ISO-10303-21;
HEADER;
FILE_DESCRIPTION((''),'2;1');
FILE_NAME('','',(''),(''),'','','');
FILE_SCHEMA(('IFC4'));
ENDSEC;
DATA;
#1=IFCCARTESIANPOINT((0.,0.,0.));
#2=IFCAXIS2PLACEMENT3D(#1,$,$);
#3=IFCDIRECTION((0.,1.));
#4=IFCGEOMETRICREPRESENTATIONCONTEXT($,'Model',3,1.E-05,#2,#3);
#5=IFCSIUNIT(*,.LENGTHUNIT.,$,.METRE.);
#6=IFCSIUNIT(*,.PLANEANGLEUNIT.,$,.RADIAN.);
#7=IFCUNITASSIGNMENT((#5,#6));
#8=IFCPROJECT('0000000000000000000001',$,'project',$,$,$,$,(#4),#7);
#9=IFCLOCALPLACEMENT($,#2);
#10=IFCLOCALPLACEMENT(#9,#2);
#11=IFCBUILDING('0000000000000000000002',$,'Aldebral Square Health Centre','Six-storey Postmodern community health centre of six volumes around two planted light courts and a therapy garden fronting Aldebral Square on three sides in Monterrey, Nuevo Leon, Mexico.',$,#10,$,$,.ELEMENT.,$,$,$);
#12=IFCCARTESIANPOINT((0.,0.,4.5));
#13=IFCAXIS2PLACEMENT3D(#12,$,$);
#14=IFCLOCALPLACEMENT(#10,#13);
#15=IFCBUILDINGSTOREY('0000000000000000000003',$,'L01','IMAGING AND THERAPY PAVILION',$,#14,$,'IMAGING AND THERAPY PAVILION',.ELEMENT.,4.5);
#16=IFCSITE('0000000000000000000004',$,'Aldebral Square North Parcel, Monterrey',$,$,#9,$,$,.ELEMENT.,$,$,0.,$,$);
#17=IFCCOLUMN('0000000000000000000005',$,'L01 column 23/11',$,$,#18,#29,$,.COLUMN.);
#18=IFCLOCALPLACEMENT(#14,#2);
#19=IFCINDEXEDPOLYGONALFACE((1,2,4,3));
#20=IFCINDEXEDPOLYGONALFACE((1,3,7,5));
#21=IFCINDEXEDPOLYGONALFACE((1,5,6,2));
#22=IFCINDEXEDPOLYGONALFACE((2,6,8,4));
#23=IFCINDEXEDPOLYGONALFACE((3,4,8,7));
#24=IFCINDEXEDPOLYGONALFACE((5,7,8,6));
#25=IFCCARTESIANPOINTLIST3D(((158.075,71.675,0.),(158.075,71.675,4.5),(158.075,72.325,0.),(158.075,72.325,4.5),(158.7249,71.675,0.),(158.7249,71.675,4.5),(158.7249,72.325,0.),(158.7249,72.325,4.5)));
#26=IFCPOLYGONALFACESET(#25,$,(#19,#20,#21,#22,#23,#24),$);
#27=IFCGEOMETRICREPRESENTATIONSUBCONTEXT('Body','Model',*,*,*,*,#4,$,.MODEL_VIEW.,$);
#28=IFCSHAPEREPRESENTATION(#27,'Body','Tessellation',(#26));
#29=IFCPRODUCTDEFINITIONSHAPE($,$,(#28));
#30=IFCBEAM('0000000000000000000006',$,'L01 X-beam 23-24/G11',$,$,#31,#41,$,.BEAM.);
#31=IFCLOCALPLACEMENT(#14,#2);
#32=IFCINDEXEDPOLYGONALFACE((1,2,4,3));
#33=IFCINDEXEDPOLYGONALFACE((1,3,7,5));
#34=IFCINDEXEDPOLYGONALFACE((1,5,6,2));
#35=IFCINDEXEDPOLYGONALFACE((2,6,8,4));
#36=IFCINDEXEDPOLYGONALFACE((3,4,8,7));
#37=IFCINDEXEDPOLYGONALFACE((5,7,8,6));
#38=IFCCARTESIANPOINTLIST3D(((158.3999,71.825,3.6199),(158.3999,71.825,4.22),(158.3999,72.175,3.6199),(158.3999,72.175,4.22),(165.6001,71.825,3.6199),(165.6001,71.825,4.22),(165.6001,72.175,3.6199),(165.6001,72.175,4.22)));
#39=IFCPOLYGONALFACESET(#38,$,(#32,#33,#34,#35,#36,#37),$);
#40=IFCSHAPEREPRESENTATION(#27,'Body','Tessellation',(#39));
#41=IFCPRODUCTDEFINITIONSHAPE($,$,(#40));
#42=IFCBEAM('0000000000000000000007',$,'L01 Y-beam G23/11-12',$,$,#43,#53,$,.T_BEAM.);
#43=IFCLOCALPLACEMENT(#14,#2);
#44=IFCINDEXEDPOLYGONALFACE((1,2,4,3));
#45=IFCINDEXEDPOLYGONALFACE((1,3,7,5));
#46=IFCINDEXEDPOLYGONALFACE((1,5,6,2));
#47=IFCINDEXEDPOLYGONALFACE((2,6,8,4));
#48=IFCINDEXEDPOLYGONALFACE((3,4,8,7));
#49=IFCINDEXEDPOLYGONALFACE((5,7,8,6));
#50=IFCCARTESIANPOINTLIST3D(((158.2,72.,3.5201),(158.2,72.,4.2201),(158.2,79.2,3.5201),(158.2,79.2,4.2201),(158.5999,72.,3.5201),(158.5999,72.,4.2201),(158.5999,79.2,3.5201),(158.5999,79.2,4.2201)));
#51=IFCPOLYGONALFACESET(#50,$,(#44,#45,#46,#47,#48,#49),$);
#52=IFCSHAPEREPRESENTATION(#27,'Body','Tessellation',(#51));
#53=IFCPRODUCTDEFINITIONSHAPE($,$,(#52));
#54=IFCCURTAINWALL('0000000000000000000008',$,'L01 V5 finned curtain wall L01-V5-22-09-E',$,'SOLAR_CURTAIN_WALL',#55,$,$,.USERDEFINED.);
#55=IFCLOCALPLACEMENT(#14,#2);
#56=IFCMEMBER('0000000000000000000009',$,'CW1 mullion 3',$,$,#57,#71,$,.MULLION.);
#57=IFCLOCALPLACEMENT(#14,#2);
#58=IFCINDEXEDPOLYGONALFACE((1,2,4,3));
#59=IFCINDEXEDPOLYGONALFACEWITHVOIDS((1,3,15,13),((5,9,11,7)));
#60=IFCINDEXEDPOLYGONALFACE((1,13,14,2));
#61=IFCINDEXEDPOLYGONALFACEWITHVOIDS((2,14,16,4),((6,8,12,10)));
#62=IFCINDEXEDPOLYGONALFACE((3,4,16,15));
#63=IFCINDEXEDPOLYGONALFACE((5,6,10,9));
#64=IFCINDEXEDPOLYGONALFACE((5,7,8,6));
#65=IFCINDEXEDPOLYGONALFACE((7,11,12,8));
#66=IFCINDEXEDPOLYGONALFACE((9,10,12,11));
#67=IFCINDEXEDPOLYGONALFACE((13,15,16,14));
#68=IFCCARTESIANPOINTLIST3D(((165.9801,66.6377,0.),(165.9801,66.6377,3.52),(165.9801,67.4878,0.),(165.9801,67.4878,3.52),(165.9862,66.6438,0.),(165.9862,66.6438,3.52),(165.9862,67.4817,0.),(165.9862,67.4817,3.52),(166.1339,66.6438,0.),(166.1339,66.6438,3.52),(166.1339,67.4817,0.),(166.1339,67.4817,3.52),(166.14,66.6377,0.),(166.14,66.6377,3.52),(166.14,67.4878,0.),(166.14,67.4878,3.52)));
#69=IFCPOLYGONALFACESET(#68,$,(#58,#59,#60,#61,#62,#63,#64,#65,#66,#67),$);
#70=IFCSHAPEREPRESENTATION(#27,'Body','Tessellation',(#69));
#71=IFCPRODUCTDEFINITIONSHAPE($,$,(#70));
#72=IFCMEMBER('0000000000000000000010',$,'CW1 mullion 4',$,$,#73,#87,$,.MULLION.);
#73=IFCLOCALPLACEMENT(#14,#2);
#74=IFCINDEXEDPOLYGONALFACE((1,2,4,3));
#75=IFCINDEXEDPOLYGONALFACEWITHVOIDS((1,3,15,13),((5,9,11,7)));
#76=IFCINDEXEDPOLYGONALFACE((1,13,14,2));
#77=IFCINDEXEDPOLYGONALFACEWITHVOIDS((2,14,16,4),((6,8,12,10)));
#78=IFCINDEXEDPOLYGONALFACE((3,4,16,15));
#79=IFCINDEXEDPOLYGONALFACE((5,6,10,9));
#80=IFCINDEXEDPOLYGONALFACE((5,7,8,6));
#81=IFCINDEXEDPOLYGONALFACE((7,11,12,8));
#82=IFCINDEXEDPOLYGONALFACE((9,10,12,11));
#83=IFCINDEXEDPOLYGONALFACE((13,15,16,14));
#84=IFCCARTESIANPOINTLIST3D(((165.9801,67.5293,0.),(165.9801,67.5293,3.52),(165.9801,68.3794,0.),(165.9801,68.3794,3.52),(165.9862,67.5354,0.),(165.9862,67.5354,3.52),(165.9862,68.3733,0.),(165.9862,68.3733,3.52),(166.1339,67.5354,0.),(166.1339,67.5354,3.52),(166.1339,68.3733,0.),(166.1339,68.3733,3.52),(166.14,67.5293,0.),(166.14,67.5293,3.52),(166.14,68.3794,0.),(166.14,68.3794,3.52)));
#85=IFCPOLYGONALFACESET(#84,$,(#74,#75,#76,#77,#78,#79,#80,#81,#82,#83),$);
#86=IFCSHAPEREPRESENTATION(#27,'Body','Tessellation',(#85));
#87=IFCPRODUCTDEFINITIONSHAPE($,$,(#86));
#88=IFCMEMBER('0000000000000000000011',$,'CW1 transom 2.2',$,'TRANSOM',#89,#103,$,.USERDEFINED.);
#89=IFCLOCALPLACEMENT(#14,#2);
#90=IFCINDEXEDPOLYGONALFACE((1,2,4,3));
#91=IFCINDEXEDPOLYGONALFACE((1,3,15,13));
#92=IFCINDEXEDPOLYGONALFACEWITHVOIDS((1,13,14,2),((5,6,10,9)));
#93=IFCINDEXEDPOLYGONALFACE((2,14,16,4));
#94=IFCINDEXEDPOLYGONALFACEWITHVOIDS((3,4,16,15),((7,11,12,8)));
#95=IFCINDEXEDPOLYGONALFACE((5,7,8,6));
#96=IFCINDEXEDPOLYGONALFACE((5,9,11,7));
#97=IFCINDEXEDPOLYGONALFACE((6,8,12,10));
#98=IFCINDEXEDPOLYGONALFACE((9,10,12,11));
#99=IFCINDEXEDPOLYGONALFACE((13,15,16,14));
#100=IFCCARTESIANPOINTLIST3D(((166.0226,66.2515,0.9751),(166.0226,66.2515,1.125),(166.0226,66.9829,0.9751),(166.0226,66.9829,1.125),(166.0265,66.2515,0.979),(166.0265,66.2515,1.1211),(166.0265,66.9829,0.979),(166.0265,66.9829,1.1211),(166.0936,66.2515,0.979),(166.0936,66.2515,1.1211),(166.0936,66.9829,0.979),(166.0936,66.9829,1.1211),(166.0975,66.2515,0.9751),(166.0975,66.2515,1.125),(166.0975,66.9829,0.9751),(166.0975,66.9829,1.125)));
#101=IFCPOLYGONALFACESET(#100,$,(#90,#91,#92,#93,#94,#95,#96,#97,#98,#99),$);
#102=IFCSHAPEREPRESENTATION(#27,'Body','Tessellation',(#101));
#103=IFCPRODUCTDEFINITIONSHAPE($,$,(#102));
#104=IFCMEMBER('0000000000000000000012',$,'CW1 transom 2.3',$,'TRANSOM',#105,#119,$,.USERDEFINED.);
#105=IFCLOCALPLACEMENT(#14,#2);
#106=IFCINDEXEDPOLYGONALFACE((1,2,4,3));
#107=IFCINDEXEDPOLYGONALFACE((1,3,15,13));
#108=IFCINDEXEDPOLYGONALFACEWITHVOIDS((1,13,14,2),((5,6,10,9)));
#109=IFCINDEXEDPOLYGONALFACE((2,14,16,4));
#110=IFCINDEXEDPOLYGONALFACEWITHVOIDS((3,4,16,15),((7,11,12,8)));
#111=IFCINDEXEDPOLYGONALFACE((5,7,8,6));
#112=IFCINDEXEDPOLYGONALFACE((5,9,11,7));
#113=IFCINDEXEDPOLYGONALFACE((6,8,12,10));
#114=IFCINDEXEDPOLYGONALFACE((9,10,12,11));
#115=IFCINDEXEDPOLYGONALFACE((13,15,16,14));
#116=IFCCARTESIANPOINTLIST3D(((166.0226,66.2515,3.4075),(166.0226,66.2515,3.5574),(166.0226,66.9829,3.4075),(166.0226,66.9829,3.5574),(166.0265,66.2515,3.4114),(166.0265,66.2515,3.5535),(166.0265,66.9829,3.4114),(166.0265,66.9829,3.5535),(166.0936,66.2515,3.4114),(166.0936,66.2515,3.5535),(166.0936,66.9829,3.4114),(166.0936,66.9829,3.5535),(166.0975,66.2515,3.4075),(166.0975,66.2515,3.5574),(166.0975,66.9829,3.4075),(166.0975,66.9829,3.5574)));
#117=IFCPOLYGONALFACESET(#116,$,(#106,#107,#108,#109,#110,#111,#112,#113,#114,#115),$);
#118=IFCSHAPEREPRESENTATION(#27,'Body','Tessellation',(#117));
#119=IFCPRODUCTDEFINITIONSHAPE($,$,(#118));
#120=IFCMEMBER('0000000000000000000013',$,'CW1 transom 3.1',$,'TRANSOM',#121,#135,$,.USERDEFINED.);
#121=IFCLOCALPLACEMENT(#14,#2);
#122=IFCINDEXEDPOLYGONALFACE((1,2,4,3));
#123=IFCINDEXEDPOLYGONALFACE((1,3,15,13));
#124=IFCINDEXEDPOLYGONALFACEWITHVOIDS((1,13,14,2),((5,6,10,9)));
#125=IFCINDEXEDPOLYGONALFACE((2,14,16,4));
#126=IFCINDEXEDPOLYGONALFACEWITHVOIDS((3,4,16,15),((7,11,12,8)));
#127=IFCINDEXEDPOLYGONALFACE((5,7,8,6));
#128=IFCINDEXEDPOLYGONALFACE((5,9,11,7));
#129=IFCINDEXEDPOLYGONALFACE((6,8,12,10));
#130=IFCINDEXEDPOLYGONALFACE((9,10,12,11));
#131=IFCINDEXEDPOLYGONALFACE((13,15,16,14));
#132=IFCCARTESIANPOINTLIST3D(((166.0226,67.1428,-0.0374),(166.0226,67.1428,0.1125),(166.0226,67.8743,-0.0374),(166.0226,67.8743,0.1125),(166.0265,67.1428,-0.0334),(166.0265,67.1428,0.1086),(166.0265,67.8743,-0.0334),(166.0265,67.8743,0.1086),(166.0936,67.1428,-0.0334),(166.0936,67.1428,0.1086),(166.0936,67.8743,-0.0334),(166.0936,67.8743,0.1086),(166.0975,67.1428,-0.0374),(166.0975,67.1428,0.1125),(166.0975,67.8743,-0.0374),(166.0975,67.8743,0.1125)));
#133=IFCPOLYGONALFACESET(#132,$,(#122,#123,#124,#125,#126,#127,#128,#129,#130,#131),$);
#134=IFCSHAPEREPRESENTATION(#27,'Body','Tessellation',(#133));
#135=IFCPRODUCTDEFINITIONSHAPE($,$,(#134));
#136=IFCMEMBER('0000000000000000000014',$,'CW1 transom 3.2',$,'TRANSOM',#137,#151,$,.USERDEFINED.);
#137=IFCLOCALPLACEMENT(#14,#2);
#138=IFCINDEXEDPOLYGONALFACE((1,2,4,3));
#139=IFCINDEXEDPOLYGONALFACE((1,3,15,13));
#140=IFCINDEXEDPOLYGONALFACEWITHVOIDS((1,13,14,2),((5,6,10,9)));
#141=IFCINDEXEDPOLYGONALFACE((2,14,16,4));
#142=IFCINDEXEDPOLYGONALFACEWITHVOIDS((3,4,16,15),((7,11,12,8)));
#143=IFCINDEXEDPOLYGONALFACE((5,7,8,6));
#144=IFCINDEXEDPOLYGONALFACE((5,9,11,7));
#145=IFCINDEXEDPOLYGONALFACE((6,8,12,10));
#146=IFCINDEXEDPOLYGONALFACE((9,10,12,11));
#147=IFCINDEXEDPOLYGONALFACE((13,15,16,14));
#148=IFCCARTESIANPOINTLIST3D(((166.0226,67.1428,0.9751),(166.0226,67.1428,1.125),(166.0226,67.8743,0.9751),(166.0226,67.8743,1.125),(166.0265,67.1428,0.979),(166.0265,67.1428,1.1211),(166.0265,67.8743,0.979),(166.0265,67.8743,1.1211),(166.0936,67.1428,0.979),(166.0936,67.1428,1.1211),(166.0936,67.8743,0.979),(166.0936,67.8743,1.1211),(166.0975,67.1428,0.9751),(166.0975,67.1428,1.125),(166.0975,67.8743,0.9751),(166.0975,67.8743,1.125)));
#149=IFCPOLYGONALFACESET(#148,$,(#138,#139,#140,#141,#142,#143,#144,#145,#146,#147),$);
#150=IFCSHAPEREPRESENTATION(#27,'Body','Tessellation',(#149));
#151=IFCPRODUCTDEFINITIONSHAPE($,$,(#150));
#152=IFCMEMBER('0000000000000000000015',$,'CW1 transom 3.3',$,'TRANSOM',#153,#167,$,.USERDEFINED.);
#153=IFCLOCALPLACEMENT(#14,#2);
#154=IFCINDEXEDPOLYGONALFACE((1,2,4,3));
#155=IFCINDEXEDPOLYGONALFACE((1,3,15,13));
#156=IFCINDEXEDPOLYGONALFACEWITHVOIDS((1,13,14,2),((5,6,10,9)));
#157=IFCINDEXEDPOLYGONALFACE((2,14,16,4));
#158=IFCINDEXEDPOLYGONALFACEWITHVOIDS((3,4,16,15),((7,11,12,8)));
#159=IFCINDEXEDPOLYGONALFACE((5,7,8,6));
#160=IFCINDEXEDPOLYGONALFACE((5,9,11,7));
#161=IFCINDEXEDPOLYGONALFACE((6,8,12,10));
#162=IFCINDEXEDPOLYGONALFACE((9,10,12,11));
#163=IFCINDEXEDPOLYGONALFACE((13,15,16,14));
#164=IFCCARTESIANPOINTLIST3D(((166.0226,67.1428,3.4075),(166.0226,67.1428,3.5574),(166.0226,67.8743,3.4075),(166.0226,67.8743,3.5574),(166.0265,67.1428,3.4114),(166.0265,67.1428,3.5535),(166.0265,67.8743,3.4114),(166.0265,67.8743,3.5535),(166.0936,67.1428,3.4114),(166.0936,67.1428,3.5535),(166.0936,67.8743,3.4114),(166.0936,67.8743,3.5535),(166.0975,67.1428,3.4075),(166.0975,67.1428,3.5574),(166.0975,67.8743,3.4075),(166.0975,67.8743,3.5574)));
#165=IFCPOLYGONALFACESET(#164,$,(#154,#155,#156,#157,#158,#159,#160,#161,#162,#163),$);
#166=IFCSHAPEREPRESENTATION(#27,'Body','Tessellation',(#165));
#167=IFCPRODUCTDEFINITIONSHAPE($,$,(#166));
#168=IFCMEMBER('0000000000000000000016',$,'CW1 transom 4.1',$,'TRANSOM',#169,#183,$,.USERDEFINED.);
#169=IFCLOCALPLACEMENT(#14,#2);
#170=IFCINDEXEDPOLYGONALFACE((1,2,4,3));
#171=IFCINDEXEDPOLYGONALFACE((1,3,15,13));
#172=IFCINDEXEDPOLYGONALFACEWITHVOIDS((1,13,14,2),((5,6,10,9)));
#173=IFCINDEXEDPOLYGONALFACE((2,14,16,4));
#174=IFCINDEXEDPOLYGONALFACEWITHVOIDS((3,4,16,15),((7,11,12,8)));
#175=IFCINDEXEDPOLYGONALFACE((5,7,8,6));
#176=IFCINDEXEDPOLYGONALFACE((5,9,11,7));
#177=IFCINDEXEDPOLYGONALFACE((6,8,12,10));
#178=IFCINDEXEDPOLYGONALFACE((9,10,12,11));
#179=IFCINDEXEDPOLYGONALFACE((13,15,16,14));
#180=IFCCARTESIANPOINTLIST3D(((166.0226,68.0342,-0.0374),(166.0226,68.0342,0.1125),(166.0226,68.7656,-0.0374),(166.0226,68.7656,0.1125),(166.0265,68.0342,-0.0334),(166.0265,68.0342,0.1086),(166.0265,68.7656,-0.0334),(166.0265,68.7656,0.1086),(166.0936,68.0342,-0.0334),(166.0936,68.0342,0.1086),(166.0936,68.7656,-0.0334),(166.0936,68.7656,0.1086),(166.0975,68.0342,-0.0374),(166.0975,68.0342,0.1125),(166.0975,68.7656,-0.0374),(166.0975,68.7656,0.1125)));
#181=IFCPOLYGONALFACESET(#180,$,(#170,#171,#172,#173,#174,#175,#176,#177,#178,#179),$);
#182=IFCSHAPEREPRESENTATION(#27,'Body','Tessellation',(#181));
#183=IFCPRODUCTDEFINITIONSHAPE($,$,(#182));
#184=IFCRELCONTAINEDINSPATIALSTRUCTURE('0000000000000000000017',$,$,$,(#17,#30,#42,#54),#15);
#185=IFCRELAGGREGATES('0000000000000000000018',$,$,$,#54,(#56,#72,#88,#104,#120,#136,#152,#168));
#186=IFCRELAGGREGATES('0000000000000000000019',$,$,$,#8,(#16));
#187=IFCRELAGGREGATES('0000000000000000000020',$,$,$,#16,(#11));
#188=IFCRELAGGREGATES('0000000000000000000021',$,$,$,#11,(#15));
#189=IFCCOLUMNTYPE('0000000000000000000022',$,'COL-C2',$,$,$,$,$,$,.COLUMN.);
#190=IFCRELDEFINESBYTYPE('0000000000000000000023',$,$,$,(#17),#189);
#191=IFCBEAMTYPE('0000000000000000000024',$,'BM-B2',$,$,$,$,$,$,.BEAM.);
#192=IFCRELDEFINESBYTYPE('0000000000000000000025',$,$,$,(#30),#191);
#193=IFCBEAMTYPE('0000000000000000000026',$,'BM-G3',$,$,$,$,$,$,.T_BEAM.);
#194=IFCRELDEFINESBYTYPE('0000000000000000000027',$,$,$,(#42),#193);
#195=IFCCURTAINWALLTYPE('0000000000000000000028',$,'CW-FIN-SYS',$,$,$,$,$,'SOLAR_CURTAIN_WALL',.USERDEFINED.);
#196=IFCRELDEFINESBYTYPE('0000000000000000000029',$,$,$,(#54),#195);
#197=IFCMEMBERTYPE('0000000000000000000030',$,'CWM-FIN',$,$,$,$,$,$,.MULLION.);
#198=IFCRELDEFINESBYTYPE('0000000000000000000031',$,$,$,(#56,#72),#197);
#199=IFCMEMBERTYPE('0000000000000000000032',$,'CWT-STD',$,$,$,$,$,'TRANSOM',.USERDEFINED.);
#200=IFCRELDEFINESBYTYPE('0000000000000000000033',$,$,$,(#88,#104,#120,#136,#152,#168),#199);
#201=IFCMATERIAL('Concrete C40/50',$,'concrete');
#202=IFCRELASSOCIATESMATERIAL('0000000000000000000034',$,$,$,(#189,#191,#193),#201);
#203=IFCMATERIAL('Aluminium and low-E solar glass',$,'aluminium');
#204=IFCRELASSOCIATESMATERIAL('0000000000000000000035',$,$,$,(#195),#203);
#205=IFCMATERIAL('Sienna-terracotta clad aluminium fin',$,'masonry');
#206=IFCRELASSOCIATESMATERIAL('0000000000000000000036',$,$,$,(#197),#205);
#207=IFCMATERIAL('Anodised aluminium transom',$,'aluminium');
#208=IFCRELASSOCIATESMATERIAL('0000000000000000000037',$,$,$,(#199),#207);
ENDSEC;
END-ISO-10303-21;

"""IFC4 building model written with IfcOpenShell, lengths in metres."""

from ifc_helpers import new_model, si_unit, direction, frame, origin, origin_2d, place, context, subcontext, project, spatial, rectangle, hollow_rectangle, extrude, material, material_profile, profile_set, type_object, element, aggregate, save


model = new_model("IFC4")

# Units and contexts
model_context = context("Model", 3, precision=1e-05, world=origin(), true_north=direction((0.0, 1.0)))
body_context = subcontext(model_context, "Body", "Model", "MODEL_VIEW")
ifc_project = project(units=[si_unit("LENGTHUNIT", "METRE"), si_unit("PLANEANGLEUNIT", "RADIAN")], contexts=[model_context])

# Site, building, storey
site_placement = place(None, origin())
site = spatial("IfcSite", under=ifc_project, at=site_placement, Name="Aldebral Square North Parcel, Monterrey", CompositionType="ELEMENT", RefElevation=0.0)
building_placement = place(site_placement, origin())
building = spatial("IfcBuilding", under=site, at=building_placement, Name="Aldebral Square Health Centre", Description="Six-storey Postmodern community health centre of six volumes around two planted light courts and a therapy garden fronting Aldebral Square on three sides in Monterrey, Nuevo Leon, Mexico.", CompositionType="ELEMENT")
storey_placement = place(building_placement, frame((0.0, 0.0, 4.5)))
storey = spatial("IfcBuildingStorey", under=building, at=storey_placement, Name="L01", Description="IMAGING AND THERAPY PAVILION", LongName="IMAGING AND THERAPY PAVILION", CompositionType="ELEMENT", Elevation=4.5)

# Column
ifc_material_1 = material(Name="Concrete C40/50", Category="concrete")
ifc_material_profile_1 = material_profile(ifc_material_1, rectangle(XDim=0.6499, YDim=0.6499, at=origin_2d()), Name="RC 650x650")
ifc_profile_set_1 = profile_set([ifc_material_profile_1], Name="Concrete C40/50")
column_type = type_object("IfcColumnType", Name="COL-C2", PredefinedType="COLUMN", material=ifc_profile_set_1)
column_placement = place(storey_placement, frame((158.3999, 72.0, 0.0), z_axis=(0.0, 0.0, 1.0), x_axis=(1.0, 0.0, 0.0)))
element("IfcColumn", 1, at=column_placement, inside=storey, type_object=column_type, Name="L01 column 23/11", PredefinedType="COLUMN", context=body_context, shape_type="SweptSolid", body=[
    extrude(rectangle(XDim=0.6499, YDim=0.6499, at=origin_2d()), origin(), (0.0, 0.0, 1.0), 4.5),
])

# Beams
ifc_material_profile_2 = material_profile(ifc_material_1, rectangle(XDim=0.3501, YDim=0.6001, at=origin_2d()), Name="RC 350x600")
ifc_profile_set_2 = profile_set([ifc_material_profile_2], Name="Concrete C40/50")
beam_type_1 = type_object("IfcBeamType", Name="BM-B2", PredefinedType="BEAM", material=ifc_profile_set_2)
beam_1_placement = place(storey_placement, frame((158.3999, 72.0, 3.9199), z_axis=(1.0, 0.0, 0.0), x_axis=(0.0, 1.0, 0.0)))
element("IfcBeam", 2, at=beam_1_placement, inside=storey, type_object=beam_type_1, Name="L01 X-beam 23-24/G11", PredefinedType="BEAM", context=body_context, shape_type="SweptSolid", body=[
    extrude(rectangle(XDim=0.3501, YDim=0.6001, at=origin_2d()), origin(), (0.0, 0.0, 1.0), 7.2002),
])
ifc_material_profile_3 = material_profile(ifc_material_1, rectangle(XDim=0.3999, YDim=0.7, at=origin_2d()), Name="RC 400x700")
ifc_profile_set_3 = profile_set([ifc_material_profile_3], Name="Concrete C40/50")
beam_type_2 = type_object("IfcBeamType", Name="BM-G3", PredefinedType="T_BEAM", material=ifc_profile_set_3)
beam_2_placement = place(storey_placement, frame((158.3999, 72.0, 3.8701), z_axis=(0.0, 1.0, 0.0), x_axis=(-1.0, 0.0, 0.0)))
element("IfcBeam", 3, at=beam_2_placement, inside=storey, type_object=beam_type_2, Name="L01 Y-beam G23/11-12", PredefinedType="T_BEAM", context=body_context, shape_type="SweptSolid", body=[
    extrude(rectangle(XDim=0.3999, YDim=0.7, at=origin_2d()), origin(), (0.0, 0.0, 1.0), 7.2),
])

# Curtain wall, members
ifc_material_2 = material(Name="Aluminium and low-E solar glass", Category="aluminium")
curtain_wall_type = type_object("IfcCurtainWallType", Name="CW-FIN-SYS", ElementType="SOLAR_CURTAIN_WALL", PredefinedType="USERDEFINED", material=ifc_material_2)
curtain_wall_placement = place(storey_placement, origin())
curtain_wall = element("IfcCurtainWall", 4, at=curtain_wall_placement, inside=storey, type_object=curtain_wall_type, Name="L01 V5 finned curtain wall L01-V5-22-09-E", ObjectType="SOLAR_CURTAIN_WALL", PredefinedType="USERDEFINED")
ifc_material_3 = material(Name="Sienna-terracotta clad aluminium fin", Category="masonry")
ifc_material_profile_4 = material_profile(ifc_material_3, hollow_rectangle(XDim=0.1599, YDim=0.8501, WallThickness=0.0061, at=origin_2d()), Name="FIN 160x850x6")
ifc_profile_set_4 = profile_set([ifc_material_profile_4], Name="Sienna-terracotta clad aluminium fin")
member_type_1 = type_object("IfcMemberType", Name="CWM-FIN", PredefinedType="MULLION", material=ifc_profile_set_4)
member_1_placement = place(storey_placement, frame((166.0601, 67.0627, 0.0), z_axis=(0.0, 0.0, 1.0), x_axis=(-1.0, 0.0, 0.0)))
member_1 = element("IfcMember", 5, at=member_1_placement, type_object=member_type_1, Name="CW1 mullion 3", PredefinedType="MULLION", context=body_context, shape_type="SweptSolid", body=[
    extrude(hollow_rectangle(XDim=0.1599, YDim=0.8501, WallThickness=0.0061, at=origin_2d()), origin(), (0.0, 0.0, 1.0), 3.52),
])
member_2_placement = place(storey_placement, frame((166.0601, 67.9543, 0.0), z_axis=(0.0, 0.0, 1.0), x_axis=(-1.0, 0.0, 0.0)))
member_2 = element("IfcMember", 6, at=member_2_placement, type_object=member_type_1, Name="CW1 mullion 4", PredefinedType="MULLION", context=body_context, shape_type="SweptSolid", body=[
    extrude(hollow_rectangle(XDim=0.1599, YDim=0.8501, WallThickness=0.0061, at=origin_2d()), origin(), (0.0, 0.0, 1.0), 3.52),
])
ifc_material_4 = material(Name="Anodised aluminium transom", Category="aluminium")
ifc_material_profile_5 = material_profile(ifc_material_4, hollow_rectangle(XDim=0.075, YDim=0.1499, WallThickness=0.0039, at=origin_2d()), Name="CWT 75x150x4")
ifc_profile_set_5 = profile_set([ifc_material_profile_5], Name="Anodised aluminium transom")
member_type_2 = type_object("IfcMemberType", Name="CWT-STD", ElementType="TRANSOM", PredefinedType="USERDEFINED", material=ifc_profile_set_5)
member_3_placement = place(storey_placement, frame((166.0601, 66.2515, 1.05), z_axis=(0.0, 1.0, 0.0), x_axis=(-1.0, 0.0, 0.0)))
member_3 = element("IfcMember", 7, at=member_3_placement, type_object=member_type_2, Name="CW1 transom 2.2", ObjectType="TRANSOM", PredefinedType="USERDEFINED", context=body_context, shape_type="SweptSolid", body=[
    extrude(hollow_rectangle(XDim=0.075, YDim=0.1499, WallThickness=0.0039, at=origin_2d()), origin(), (0.0, 0.0, 1.0), 0.7314),
])
member_4_placement = place(storey_placement, frame((166.0601, 66.2515, 3.4824), z_axis=(0.0, 1.0, 0.0), x_axis=(-1.0, 0.0, 0.0)))
member_4 = element("IfcMember", 8, at=member_4_placement, type_object=member_type_2, Name="CW1 transom 2.3", ObjectType="TRANSOM", PredefinedType="USERDEFINED", context=body_context, shape_type="SweptSolid", body=[
    extrude(hollow_rectangle(XDim=0.075, YDim=0.1499, WallThickness=0.0039, at=origin_2d()), origin(), (0.0, 0.0, 1.0), 0.7314),
])
member_5_placement = place(storey_placement, frame((166.0601, 67.1428, 0.0376), z_axis=(0.0, 1.0, 0.0), x_axis=(-1.0, 0.0, 0.0)))
member_5 = element("IfcMember", 9, at=member_5_placement, type_object=member_type_2, Name="CW1 transom 3.1", ObjectType="TRANSOM", PredefinedType="USERDEFINED", context=body_context, shape_type="SweptSolid", body=[
    extrude(hollow_rectangle(XDim=0.075, YDim=0.1499, WallThickness=0.0039, at=origin_2d()), origin(), (0.0, 0.0, 1.0), 0.7314),
])
member_6_placement = place(storey_placement, frame((166.0601, 67.1428, 1.05), z_axis=(0.0, 1.0, 0.0), x_axis=(-1.0, 0.0, 0.0)))
member_6 = element("IfcMember", 10, at=member_6_placement, type_object=member_type_2, Name="CW1 transom 3.2", ObjectType="TRANSOM", PredefinedType="USERDEFINED", context=body_context, shape_type="SweptSolid", body=[
    extrude(hollow_rectangle(XDim=0.075, YDim=0.1499, WallThickness=0.0039, at=origin_2d()), origin(), (0.0, 0.0, 1.0), 0.7314),
])
member_7_placement = place(storey_placement, frame((166.0601, 67.1428, 3.4824), z_axis=(0.0, 1.0, 0.0), x_axis=(-1.0, 0.0, 0.0)))
member_7 = element("IfcMember", 11, at=member_7_placement, type_object=member_type_2, Name="CW1 transom 3.3", ObjectType="TRANSOM", PredefinedType="USERDEFINED", context=body_context, shape_type="SweptSolid", body=[
    extrude(hollow_rectangle(XDim=0.075, YDim=0.1499, WallThickness=0.0039, at=origin_2d()), origin(), (0.0, 0.0, 1.0), 0.7314),
])
member_8_placement = place(storey_placement, frame((166.0601, 68.0342, 0.0376), z_axis=(0.0, 1.0, 0.0), x_axis=(-1.0, 0.0, 0.0)))
member_8 = element("IfcMember", 12, at=member_8_placement, type_object=member_type_2, Name="CW1 transom 4.1", ObjectType="TRANSOM", PredefinedType="USERDEFINED", context=body_context, shape_type="SweptSolid", body=[
    extrude(hollow_rectangle(XDim=0.075, YDim=0.1499, WallThickness=0.0039, at=origin_2d()), origin(), (0.0, 0.0, 1.0), 0.7314),
])
aggregate(curtain_wall, [member_1, member_2, member_3, member_4, member_5, member_6, member_7, member_8])

save(model, "model.ifc")
